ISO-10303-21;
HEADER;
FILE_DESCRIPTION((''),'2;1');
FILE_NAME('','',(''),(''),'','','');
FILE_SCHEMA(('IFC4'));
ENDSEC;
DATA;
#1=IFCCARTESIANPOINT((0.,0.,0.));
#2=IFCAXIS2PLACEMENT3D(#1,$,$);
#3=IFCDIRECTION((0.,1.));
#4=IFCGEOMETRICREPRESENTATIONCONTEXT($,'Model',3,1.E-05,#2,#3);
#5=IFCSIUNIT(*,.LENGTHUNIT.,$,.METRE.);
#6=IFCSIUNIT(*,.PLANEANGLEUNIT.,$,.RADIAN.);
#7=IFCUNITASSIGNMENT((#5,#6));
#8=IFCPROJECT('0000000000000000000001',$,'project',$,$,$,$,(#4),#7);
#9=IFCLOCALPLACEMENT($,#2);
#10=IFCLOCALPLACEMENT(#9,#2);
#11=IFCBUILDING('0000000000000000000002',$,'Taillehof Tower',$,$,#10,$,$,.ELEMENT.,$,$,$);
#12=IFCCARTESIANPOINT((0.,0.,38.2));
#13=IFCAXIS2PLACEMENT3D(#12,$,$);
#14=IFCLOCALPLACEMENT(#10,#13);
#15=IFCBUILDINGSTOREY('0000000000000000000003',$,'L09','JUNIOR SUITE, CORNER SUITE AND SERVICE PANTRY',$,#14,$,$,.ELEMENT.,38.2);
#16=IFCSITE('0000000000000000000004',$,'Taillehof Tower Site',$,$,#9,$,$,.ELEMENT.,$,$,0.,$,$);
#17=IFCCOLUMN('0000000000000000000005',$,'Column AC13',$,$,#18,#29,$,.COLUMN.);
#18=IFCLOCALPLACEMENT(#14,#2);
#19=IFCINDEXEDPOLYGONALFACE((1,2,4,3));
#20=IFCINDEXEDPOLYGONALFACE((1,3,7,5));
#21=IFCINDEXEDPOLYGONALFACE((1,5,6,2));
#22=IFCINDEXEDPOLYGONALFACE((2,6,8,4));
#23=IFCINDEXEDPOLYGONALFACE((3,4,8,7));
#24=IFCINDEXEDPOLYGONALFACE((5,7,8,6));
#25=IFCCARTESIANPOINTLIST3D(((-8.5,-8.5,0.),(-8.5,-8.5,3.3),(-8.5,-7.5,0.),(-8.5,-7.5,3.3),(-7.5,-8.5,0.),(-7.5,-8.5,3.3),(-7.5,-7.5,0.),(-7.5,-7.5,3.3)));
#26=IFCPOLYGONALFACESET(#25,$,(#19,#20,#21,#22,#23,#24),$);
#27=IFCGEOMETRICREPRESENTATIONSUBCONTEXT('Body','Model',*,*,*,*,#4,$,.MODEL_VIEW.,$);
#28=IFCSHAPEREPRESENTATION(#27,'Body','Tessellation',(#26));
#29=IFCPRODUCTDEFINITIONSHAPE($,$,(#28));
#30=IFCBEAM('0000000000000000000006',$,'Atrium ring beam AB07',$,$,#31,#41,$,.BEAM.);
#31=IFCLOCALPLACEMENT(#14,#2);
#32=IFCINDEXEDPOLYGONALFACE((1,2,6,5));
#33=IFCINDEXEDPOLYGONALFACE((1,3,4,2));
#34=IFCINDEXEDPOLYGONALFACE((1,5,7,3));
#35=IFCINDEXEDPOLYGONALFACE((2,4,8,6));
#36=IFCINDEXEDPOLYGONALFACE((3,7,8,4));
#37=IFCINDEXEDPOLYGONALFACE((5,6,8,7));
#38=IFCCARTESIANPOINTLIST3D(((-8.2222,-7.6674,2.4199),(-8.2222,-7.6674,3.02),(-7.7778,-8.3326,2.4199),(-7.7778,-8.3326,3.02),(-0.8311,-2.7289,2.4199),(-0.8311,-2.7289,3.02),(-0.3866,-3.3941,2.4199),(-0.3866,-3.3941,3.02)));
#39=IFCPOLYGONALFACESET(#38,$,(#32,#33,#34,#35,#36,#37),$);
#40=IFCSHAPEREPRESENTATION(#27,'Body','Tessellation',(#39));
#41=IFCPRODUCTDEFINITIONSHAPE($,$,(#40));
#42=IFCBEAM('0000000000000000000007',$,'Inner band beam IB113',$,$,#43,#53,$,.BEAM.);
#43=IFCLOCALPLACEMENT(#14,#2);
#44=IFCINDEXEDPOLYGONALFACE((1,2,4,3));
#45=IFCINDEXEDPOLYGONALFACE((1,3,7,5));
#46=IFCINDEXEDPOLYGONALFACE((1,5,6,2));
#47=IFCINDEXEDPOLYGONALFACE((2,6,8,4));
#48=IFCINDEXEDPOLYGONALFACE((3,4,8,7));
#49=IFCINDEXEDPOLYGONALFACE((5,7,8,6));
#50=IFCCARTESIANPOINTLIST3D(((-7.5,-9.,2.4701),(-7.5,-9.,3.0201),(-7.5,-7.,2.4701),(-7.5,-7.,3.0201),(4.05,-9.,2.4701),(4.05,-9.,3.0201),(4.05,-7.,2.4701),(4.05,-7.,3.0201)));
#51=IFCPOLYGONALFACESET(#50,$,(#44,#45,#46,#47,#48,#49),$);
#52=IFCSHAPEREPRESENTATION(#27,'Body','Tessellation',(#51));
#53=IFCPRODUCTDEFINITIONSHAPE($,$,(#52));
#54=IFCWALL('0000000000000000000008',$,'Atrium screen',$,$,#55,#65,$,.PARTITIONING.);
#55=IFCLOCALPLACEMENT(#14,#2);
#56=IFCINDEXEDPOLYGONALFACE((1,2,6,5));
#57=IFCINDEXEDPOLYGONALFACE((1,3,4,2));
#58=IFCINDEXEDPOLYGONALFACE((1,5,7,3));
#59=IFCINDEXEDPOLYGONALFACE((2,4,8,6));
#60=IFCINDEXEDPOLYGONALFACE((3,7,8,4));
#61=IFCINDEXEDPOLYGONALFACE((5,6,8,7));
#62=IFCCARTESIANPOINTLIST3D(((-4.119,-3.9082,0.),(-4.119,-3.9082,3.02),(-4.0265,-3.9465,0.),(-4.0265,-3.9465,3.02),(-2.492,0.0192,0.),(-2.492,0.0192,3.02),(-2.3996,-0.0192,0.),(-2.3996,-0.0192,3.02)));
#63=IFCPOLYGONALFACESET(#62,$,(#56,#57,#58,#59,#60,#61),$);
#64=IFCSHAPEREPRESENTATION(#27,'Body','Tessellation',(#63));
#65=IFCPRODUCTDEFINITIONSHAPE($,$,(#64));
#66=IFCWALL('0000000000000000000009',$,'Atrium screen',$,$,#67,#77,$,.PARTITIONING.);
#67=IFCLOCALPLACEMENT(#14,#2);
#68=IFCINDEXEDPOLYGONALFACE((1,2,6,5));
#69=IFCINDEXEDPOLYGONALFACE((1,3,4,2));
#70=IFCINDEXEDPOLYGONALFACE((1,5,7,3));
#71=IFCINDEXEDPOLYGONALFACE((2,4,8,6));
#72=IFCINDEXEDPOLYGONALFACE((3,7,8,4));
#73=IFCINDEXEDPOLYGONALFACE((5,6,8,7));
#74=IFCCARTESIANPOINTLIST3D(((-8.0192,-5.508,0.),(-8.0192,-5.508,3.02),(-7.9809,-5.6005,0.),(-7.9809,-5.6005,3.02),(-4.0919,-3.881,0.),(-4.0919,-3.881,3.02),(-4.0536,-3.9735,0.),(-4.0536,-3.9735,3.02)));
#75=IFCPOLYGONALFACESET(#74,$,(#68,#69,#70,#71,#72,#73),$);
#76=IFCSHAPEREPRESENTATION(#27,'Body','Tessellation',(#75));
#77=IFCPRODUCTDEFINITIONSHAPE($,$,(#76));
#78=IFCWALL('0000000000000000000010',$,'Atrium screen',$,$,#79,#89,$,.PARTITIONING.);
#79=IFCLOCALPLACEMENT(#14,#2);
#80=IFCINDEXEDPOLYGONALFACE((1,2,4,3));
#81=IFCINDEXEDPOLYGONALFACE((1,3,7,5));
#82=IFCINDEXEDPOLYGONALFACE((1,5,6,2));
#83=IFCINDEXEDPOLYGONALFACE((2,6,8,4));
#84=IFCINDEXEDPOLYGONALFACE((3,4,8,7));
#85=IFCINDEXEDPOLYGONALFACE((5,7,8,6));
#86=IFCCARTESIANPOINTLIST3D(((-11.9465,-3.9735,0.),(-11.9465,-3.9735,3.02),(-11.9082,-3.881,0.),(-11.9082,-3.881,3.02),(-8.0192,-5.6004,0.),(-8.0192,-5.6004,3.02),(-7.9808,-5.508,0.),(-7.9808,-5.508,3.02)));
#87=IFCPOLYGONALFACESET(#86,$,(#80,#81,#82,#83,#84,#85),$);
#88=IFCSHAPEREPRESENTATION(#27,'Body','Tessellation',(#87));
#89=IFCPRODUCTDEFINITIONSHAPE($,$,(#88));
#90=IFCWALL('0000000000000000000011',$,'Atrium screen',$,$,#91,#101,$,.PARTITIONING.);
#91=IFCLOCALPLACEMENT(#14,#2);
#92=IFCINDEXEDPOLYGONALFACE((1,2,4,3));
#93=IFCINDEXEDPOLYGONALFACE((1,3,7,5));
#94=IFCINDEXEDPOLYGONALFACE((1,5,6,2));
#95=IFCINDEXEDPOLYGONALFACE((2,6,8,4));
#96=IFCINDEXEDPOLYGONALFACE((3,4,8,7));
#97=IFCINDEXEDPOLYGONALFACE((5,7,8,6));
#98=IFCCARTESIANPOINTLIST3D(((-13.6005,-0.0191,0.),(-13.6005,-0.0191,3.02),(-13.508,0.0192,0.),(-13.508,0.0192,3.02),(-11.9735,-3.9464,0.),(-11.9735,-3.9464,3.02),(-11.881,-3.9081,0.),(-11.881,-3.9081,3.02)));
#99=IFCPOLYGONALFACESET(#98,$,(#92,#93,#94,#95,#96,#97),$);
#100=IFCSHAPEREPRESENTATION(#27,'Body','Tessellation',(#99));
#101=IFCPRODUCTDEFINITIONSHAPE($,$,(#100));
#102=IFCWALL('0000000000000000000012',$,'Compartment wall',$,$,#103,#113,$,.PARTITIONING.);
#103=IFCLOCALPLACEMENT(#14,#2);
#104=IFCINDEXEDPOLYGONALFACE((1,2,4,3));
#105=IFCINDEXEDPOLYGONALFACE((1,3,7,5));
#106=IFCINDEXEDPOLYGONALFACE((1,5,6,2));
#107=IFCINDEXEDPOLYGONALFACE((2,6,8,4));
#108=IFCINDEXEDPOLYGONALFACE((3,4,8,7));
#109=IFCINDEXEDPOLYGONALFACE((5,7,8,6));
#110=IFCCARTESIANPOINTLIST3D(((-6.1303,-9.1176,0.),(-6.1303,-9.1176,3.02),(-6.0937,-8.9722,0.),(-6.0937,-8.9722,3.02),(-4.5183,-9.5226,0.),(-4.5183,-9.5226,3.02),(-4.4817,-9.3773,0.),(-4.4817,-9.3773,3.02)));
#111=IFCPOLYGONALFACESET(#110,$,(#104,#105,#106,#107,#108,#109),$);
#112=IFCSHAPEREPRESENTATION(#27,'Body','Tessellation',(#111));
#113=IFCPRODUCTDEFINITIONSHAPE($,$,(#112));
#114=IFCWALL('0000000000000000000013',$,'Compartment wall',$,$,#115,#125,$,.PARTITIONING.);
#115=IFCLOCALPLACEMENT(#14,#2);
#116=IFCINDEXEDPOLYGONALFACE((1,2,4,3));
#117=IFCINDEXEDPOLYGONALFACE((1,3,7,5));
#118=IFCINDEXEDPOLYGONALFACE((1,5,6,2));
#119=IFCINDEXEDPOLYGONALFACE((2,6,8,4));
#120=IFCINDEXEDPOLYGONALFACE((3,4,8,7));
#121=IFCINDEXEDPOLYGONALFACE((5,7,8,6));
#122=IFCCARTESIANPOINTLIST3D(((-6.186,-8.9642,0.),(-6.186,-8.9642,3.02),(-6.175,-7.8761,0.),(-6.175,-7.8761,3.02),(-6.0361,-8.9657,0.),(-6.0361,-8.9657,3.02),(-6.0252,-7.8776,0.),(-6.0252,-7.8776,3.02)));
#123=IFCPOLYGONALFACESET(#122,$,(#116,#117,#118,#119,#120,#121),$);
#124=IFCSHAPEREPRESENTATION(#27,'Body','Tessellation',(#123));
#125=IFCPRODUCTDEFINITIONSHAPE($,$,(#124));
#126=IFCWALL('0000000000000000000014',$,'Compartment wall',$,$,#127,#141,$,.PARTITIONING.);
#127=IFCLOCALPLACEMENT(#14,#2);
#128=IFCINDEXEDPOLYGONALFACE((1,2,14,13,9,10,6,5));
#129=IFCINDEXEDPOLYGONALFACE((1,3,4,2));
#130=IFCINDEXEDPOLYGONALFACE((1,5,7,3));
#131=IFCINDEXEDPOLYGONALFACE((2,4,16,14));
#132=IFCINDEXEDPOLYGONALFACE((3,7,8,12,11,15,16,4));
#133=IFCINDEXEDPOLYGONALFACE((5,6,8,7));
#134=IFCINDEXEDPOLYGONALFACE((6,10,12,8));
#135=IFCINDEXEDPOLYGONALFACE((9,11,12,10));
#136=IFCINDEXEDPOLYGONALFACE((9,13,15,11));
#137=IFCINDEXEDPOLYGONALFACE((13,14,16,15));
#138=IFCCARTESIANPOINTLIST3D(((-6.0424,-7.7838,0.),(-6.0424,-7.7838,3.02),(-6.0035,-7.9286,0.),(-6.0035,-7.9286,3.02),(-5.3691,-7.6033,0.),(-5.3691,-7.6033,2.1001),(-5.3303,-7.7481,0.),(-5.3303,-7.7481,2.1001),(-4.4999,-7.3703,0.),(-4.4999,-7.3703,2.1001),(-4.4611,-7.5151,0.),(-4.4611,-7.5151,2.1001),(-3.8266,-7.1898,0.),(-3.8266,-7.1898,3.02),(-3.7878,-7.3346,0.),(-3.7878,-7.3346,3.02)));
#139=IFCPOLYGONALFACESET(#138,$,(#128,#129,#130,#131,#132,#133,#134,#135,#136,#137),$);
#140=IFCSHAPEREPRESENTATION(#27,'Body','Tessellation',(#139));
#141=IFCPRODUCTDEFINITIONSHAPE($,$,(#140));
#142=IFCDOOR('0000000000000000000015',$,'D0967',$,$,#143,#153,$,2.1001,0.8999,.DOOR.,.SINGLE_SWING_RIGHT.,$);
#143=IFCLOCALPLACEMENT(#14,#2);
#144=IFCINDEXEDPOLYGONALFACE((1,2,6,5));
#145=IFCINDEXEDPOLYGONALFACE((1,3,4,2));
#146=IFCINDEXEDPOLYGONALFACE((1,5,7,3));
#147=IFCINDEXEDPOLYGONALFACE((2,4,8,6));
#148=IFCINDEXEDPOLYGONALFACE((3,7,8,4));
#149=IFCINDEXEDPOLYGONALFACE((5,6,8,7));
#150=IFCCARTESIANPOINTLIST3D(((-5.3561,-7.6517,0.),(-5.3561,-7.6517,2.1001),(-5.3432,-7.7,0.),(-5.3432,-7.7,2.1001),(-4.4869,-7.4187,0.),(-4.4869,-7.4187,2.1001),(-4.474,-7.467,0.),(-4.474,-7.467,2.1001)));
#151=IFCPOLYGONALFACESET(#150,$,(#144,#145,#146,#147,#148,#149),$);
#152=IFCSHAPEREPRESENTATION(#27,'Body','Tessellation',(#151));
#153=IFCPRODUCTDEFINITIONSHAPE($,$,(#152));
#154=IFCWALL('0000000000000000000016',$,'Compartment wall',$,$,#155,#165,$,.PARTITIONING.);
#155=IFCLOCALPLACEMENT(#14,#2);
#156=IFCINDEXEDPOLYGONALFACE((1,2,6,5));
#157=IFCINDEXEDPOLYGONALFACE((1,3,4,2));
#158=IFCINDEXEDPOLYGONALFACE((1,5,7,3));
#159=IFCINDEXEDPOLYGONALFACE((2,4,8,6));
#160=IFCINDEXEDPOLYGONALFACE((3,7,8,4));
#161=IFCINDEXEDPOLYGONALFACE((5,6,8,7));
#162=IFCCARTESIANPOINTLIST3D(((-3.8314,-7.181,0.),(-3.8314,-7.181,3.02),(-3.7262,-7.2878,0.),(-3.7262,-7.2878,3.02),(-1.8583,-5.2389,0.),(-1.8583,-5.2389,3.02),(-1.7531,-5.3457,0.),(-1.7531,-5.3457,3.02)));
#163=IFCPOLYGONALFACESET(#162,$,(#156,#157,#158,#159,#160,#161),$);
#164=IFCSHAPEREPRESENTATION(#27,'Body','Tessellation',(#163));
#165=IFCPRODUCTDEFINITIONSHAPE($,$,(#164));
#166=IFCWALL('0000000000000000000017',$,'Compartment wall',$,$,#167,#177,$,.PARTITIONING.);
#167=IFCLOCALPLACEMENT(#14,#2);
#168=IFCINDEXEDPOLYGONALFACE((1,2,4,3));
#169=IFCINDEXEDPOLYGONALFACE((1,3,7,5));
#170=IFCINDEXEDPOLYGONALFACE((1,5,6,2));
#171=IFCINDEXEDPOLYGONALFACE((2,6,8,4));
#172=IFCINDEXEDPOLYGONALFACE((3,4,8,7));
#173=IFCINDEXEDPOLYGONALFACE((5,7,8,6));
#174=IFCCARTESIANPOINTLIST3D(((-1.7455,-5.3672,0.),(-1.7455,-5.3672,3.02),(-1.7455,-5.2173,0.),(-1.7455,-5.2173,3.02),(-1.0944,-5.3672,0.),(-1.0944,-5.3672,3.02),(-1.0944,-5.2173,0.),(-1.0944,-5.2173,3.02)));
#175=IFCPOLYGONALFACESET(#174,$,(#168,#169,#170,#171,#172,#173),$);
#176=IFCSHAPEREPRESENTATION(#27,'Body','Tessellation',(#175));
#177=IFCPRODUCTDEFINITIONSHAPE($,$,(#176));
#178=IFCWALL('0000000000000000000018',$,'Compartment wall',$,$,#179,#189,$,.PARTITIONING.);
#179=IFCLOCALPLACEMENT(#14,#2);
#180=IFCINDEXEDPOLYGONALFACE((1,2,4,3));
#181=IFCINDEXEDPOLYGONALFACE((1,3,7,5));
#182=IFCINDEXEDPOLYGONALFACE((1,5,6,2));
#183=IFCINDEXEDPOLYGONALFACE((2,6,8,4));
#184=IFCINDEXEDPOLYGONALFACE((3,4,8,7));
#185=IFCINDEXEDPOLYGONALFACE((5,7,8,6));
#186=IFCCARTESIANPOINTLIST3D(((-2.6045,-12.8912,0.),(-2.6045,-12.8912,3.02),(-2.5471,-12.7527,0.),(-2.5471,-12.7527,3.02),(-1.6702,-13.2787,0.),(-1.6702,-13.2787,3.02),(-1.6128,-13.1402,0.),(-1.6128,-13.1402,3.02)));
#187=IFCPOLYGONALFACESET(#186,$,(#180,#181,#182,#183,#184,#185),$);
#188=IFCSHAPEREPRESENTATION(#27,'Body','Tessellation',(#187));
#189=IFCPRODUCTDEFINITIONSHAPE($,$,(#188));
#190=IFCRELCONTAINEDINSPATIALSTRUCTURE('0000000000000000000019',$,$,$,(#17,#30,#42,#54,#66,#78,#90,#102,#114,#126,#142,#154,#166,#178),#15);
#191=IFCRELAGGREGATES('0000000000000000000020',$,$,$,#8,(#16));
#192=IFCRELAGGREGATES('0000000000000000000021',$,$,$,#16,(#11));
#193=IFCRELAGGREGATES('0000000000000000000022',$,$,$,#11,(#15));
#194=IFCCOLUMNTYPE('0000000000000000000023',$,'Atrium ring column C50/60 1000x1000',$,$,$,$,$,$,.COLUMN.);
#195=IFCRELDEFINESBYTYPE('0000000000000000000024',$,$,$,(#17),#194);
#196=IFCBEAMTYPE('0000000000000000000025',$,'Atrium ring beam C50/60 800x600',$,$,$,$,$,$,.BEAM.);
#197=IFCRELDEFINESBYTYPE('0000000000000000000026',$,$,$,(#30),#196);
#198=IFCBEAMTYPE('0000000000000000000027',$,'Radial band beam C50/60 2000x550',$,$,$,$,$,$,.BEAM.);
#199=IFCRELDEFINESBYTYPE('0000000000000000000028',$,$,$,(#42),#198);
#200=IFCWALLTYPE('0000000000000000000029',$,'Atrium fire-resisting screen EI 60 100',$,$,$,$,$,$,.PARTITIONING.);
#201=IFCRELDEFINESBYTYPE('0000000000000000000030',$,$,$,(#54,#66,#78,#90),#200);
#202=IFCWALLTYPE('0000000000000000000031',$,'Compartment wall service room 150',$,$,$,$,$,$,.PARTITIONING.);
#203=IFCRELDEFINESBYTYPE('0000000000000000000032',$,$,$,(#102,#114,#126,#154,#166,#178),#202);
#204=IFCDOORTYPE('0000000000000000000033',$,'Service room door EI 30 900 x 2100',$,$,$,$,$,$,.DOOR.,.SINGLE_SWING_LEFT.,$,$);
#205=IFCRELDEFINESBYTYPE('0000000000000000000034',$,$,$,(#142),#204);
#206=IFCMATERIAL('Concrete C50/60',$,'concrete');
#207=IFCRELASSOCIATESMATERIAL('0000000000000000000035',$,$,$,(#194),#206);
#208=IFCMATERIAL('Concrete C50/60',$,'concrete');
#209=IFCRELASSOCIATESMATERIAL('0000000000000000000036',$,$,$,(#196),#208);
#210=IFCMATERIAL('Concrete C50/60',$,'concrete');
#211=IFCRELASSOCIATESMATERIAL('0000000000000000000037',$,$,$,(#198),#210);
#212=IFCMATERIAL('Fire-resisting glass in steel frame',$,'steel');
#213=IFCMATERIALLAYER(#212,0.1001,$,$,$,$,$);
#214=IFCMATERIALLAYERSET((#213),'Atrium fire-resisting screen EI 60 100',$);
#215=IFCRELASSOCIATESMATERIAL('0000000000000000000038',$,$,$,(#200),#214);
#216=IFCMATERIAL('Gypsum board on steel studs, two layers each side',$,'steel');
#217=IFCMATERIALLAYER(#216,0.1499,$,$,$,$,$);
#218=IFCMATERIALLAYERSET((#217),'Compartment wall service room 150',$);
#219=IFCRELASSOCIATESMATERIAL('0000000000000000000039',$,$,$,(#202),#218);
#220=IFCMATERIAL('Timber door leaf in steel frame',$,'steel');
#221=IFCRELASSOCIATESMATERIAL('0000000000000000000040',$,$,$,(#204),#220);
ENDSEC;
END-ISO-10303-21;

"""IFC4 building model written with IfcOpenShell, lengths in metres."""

from ifc_helpers import new_model, si_unit, direction, frame, frame_2d, origin, origin_2d, place, context, subcontext, project, spatial, rectangle, extrude, material, layer, layer_set, material_profile, profile_set, type_object, element, fill, save


model = new_model("IFC4")

# Units and contexts
model_context = context("Model", 3, precision=1e-05, world=origin(), true_north=direction((0.0, 1.0)))
body_context = subcontext(model_context, "Body", "Model", "MODEL_VIEW")
ifc_project = project(units=[si_unit("LENGTHUNIT", "METRE"), si_unit("PLANEANGLEUNIT", "RADIAN")], contexts=[model_context])

# Site, building, storey
site_placement = place(None, origin())
site = spatial("IfcSite", under=ifc_project, at=site_placement, Name="Taillehof Tower Site", CompositionType="ELEMENT", RefElevation=0.0)
building_placement = place(site_placement, origin())
building = spatial("IfcBuilding", under=site, at=building_placement, Name="Taillehof Tower", CompositionType="ELEMENT")
storey_placement = place(building_placement, frame((0.0, 0.0, 38.2)))
storey = spatial("IfcBuildingStorey", under=building, at=storey_placement, Name="L09", Description="JUNIOR SUITE, CORNER SUITE AND SERVICE PANTRY", CompositionType="ELEMENT", Elevation=38.2)

# Column
ifc_material_1 = material(Name="Concrete C50/60", Category="concrete")
ifc_material_profile_1 = material_profile(ifc_material_1, rectangle(XDim=1.0, YDim=1.0, at=origin_2d()), Name="RC 1000x1000")
ifc_profile_set_1 = profile_set([ifc_material_profile_1], Name="Concrete C50/60")
column_type = type_object("IfcColumnType", Name="Atrium ring column C50/60 1000x1000", PredefinedType="COLUMN", material=ifc_profile_set_1)
column_placement = place(storey_placement, frame((-8.0, -8.0, 0.0), z_axis=(0.0, 0.0, 1.0), x_axis=(1.0, 0.0, 0.0)))
element("IfcColumn", 1, at=column_placement, inside=storey, type_object=column_type, Name="Column AC13", PredefinedType="COLUMN", context=body_context, shape_type="SweptSolid", body=[
    extrude(rectangle(XDim=1.0, YDim=1.0, at=origin_2d()), origin(), (0.0, 0.0, 1.0), 3.3),
])

# Beams
ifc_material_2 = material(Name="Concrete C50/60", Category="concrete")
ifc_material_profile_2 = material_profile(ifc_material_2, rectangle(XDim=0.8, YDim=0.6001, at=origin_2d()), Name="RC 800x600")
ifc_profile_set_2 = profile_set([ifc_material_profile_2], Name="Concrete C50/60")
beam_type_1 = type_object("IfcBeamType", Name="Atrium ring beam C50/60 800x600", PredefinedType="BEAM", material=ifc_profile_set_2)
beam_1_placement = place(storey_placement, frame((-8.0, -8.0, 2.72), z_axis=(0.831475, 0.555562, 0.0), x_axis=(-0.555562, 0.831475, 0.0)))
element("IfcBeam", 2, at=beam_1_placement, inside=storey, type_object=beam_type_1, Name="Atrium ring beam AB07", PredefinedType="BEAM", context=body_context, shape_type="SweptSolid", body=[
    extrude(rectangle(XDim=0.8, YDim=0.6001, at=origin_2d()), origin(), (0.0, 0.0, 1.0), 8.8892),
])
ifc_material_3 = material(Name="Concrete C50/60", Category="concrete")
ifc_material_profile_3 = material_profile(ifc_material_3, rectangle(XDim=2.0, YDim=0.55, at=origin_2d()), Name="RC 2000x550")
ifc_profile_set_3 = profile_set([ifc_material_profile_3], Name="Concrete C50/60")
beam_type_2 = type_object("IfcBeamType", Name="Radial band beam C50/60 2000x550", PredefinedType="BEAM", material=ifc_profile_set_3)
beam_2_placement = place(storey_placement, frame((-7.5, -8.0, 2.7451), z_axis=(1.0, 0.0, 0.0), x_axis=(0.0, 1.0, 0.0)))
element("IfcBeam", 3, at=beam_2_placement, inside=storey, type_object=beam_type_2, Name="Inner band beam IB113", PredefinedType="BEAM", context=body_context, shape_type="SweptSolid", body=[
    extrude(rectangle(XDim=2.0, YDim=0.55, at=origin_2d()), origin(), (0.0, 0.0, 1.0), 11.55),
])

# Walls
ifc_material_4 = material(Name="Fire-resisting glass in steel frame", Category="steel")
ifc_layer_1 = layer(ifc_material_4, 0.1001)
ifc_layer_set_1 = layer_set([ifc_layer_1], Name="Atrium fire-resisting screen EI 60 100")
wall_type_1 = type_object("IfcWallType", Name="Atrium fire-resisting screen EI 60 100", PredefinedType="PARTITIONING", material=ifc_layer_set_1)
for number, where, z_axis, x_axis, name in (
    (4, (-2.4458, 0.0, 0.0), (0.0, 0.0, 1.0), (-0.382731, -0.92386, 0.0), "Atrium screen"),
    (5, (-4.0728, -3.9272, 0.0), (0.0, 0.0, 1.0), (-0.92386, -0.382731, 0.0), "Atrium screen"),
    (6, (-8.0, -5.5542, 0.0), (0.0, 0.0, 1.0), (-0.92386, 0.382731, 0.0), "Atrium screen"),
    (7, (-11.9272, -3.9272, 0.0), (0.0, 0.0, 1.0), (-0.382731, 0.92386, 0.0), "Atrium screen"),
):
    element("IfcWall", number, at=place(storey_placement, frame(where, z_axis=z_axis, x_axis=x_axis)), inside=storey, type_object=wall_type_1, Name=name, PredefinedType="PARTITIONING", context=body_context, shape_type="SweptSolid", body=[
        extrude(rectangle(XDim=4.251, YDim=0.1001, at=frame_2d((2.1255, 0.0))), origin(), (0.0, 0.0, 1.0), 3.02),
    ])
ifc_material_5 = material(Name="Gypsum board on steel studs, two layers each side", Category="steel")
ifc_layer_2 = layer(ifc_material_5, 0.1499)
ifc_layer_set_2 = layer_set([ifc_layer_2], Name="Compartment wall service room 150")
wall_type_2 = type_object("IfcWallType", Name="Compartment wall service room 150", PredefinedType="PARTITIONING", material=ifc_layer_set_2)
wall_1_placement = place(storey_placement, frame((-4.5, -9.45, 0.0), z_axis=(0.0, 0.0, 1.0), x_axis=(-0.969857, 0.243676, 0.0)))
element("IfcWall", 8, at=wall_1_placement, inside=storey, type_object=wall_type_2, Name="Compartment wall", PredefinedType="PARTITIONING", context=body_context, shape_type="SweptSolid", body=[
    extrude(rectangle(XDim=1.6621, YDim=0.1499, at=frame_2d((0.8311, 0.0))), origin(), (0.0, 0.0, 1.0), 3.02),
])
wall_2_placement = place(storey_placement, frame((-6.1111, -8.9648, 0.0), z_axis=(0.0, 0.0, 1.0), x_axis=(0.010096, 0.999949, 0.0)))
element("IfcWall", 9, at=wall_2_placement, inside=storey, type_object=wall_type_2, Name="Compartment wall", PredefinedType="PARTITIONING", context=body_context, shape_type="SweptSolid", body=[
    extrude(rectangle(XDim=1.0881, YDim=0.1499, at=frame_2d((0.5439, 0.0))), origin(), (0.0, 0.0, 1.0), 3.02),
])

# Wall, opening, door
wall_3_placement = place(storey_placement, frame((-6.0229, -7.8562, 0.0), z_axis=(0.0, 0.0, 1.0), x_axis=(0.965897, 0.258928, 0.0)))
wall_3 = element("IfcWall", 10, at=wall_3_placement, inside=storey, type_object=wall_type_2, Name="Compartment wall", PredefinedType="PARTITIONING", context=body_context, shape_type="SweptSolid", body=[
    extrude(rectangle(XDim=2.2939, YDim=0.1499, at=frame_2d((1.147, 0.0))), origin(), (0.0, 0.0, 1.0), 3.02),
])
opening_1_placement = place(wall_3_placement, frame((0.697, 0.0, 0.0)))
opening_1 = element("IfcOpeningElement", 11, at=opening_1_placement, cuts=wall_3, PredefinedType="OPENING", context=body_context, shape_type="SweptSolid", body=[
    extrude(rectangle(XDim=0.8999, YDim=2.1001, at=frame_2d((0.45, 1.05))), frame((0.0, 0.085, 0.0), z_axis=(0.0, -1.0, 0.0), x_axis=(1.0, 0.0, 0.0)), (0.0, 0.0, 1.0), 0.1699),
])
ifc_material_6 = material(Name="Timber door leaf in steel frame", Category="steel")
door_type_1 = type_object("IfcDoorType", Name="Service room door EI 30 900 x 2100", OperationType="SINGLE_SWING_LEFT", PredefinedType="DOOR", material=ifc_material_6)
door_1_placement = place(opening_1_placement, origin())
door_1 = element("IfcDoor", 12, at=door_1_placement, inside=storey, type_object=door_type_1, Name="D0967", OperationType="SINGLE_SWING_RIGHT", OverallHeight=2.1001, OverallWidth=0.8999, PredefinedType="DOOR", context=body_context, shape_type="SweptSolid", body=[
    extrude(rectangle(XDim=0.8999, YDim=2.1001, at=frame_2d((0.45, 1.05))), frame((0.0, 0.0249, 0.0), z_axis=(0.0, -1.0, 0.0), x_axis=(1.0, 0.0, 0.0)), (0.0, 0.0, 1.0), 0.05),
])
fill(opening_1, door_1)

# Walls
wall_4_placement = place(storey_placement, frame((-3.7788, -7.2344, 0.0), z_axis=(0.0, 0.0, 1.0), x_axis=(0.712684, 0.701485, 0.0)))
element("IfcWall", 13, at=wall_4_placement, inside=storey, type_object=wall_type_2, Name="Compartment wall", PredefinedType="PARTITIONING", context=body_context, shape_type="SweptSolid", body=[
    extrude(rectangle(XDim=2.7686, YDim=0.1499, at=frame_2d((1.3843, 0.0))), origin(), (0.0, 0.0, 1.0), 3.02),
])
wall_5_placement = place(storey_placement, frame((-1.7456, -5.2922, 0.0), z_axis=(0.0, 0.0, 1.0), x_axis=(1.0, 0.0, 0.0)))
element("IfcWall", 14, at=wall_5_placement, inside=storey, type_object=wall_type_2, Name="Compartment wall", PredefinedType="PARTITIONING", context=body_context, shape_type="SweptSolid", body=[
    extrude(rectangle(XDim=0.6511, YDim=0.1499, at=frame_2d((0.3257, 0.0))), origin(), (0.0, 0.0, 1.0), 3.02),
])
wall_6_placement = place(storey_placement, frame((-1.6414, -13.2095, 0.0), z_axis=(0.0, 0.0, 1.0), x_axis=(-0.923725, 0.383055, 0.0)))
element("IfcWall", 15, at=wall_6_placement, inside=storey, type_object=wall_type_2, Name="Compartment wall", PredefinedType="PARTITIONING", context=body_context, shape_type="SweptSolid", body=[
    extrude(rectangle(XDim=1.0115, YDim=0.1499, at=frame_2d((0.5059, 0.0))), origin(), (0.0, 0.0, 1.0), 3.02),
])

save(model, "model.ifc")
